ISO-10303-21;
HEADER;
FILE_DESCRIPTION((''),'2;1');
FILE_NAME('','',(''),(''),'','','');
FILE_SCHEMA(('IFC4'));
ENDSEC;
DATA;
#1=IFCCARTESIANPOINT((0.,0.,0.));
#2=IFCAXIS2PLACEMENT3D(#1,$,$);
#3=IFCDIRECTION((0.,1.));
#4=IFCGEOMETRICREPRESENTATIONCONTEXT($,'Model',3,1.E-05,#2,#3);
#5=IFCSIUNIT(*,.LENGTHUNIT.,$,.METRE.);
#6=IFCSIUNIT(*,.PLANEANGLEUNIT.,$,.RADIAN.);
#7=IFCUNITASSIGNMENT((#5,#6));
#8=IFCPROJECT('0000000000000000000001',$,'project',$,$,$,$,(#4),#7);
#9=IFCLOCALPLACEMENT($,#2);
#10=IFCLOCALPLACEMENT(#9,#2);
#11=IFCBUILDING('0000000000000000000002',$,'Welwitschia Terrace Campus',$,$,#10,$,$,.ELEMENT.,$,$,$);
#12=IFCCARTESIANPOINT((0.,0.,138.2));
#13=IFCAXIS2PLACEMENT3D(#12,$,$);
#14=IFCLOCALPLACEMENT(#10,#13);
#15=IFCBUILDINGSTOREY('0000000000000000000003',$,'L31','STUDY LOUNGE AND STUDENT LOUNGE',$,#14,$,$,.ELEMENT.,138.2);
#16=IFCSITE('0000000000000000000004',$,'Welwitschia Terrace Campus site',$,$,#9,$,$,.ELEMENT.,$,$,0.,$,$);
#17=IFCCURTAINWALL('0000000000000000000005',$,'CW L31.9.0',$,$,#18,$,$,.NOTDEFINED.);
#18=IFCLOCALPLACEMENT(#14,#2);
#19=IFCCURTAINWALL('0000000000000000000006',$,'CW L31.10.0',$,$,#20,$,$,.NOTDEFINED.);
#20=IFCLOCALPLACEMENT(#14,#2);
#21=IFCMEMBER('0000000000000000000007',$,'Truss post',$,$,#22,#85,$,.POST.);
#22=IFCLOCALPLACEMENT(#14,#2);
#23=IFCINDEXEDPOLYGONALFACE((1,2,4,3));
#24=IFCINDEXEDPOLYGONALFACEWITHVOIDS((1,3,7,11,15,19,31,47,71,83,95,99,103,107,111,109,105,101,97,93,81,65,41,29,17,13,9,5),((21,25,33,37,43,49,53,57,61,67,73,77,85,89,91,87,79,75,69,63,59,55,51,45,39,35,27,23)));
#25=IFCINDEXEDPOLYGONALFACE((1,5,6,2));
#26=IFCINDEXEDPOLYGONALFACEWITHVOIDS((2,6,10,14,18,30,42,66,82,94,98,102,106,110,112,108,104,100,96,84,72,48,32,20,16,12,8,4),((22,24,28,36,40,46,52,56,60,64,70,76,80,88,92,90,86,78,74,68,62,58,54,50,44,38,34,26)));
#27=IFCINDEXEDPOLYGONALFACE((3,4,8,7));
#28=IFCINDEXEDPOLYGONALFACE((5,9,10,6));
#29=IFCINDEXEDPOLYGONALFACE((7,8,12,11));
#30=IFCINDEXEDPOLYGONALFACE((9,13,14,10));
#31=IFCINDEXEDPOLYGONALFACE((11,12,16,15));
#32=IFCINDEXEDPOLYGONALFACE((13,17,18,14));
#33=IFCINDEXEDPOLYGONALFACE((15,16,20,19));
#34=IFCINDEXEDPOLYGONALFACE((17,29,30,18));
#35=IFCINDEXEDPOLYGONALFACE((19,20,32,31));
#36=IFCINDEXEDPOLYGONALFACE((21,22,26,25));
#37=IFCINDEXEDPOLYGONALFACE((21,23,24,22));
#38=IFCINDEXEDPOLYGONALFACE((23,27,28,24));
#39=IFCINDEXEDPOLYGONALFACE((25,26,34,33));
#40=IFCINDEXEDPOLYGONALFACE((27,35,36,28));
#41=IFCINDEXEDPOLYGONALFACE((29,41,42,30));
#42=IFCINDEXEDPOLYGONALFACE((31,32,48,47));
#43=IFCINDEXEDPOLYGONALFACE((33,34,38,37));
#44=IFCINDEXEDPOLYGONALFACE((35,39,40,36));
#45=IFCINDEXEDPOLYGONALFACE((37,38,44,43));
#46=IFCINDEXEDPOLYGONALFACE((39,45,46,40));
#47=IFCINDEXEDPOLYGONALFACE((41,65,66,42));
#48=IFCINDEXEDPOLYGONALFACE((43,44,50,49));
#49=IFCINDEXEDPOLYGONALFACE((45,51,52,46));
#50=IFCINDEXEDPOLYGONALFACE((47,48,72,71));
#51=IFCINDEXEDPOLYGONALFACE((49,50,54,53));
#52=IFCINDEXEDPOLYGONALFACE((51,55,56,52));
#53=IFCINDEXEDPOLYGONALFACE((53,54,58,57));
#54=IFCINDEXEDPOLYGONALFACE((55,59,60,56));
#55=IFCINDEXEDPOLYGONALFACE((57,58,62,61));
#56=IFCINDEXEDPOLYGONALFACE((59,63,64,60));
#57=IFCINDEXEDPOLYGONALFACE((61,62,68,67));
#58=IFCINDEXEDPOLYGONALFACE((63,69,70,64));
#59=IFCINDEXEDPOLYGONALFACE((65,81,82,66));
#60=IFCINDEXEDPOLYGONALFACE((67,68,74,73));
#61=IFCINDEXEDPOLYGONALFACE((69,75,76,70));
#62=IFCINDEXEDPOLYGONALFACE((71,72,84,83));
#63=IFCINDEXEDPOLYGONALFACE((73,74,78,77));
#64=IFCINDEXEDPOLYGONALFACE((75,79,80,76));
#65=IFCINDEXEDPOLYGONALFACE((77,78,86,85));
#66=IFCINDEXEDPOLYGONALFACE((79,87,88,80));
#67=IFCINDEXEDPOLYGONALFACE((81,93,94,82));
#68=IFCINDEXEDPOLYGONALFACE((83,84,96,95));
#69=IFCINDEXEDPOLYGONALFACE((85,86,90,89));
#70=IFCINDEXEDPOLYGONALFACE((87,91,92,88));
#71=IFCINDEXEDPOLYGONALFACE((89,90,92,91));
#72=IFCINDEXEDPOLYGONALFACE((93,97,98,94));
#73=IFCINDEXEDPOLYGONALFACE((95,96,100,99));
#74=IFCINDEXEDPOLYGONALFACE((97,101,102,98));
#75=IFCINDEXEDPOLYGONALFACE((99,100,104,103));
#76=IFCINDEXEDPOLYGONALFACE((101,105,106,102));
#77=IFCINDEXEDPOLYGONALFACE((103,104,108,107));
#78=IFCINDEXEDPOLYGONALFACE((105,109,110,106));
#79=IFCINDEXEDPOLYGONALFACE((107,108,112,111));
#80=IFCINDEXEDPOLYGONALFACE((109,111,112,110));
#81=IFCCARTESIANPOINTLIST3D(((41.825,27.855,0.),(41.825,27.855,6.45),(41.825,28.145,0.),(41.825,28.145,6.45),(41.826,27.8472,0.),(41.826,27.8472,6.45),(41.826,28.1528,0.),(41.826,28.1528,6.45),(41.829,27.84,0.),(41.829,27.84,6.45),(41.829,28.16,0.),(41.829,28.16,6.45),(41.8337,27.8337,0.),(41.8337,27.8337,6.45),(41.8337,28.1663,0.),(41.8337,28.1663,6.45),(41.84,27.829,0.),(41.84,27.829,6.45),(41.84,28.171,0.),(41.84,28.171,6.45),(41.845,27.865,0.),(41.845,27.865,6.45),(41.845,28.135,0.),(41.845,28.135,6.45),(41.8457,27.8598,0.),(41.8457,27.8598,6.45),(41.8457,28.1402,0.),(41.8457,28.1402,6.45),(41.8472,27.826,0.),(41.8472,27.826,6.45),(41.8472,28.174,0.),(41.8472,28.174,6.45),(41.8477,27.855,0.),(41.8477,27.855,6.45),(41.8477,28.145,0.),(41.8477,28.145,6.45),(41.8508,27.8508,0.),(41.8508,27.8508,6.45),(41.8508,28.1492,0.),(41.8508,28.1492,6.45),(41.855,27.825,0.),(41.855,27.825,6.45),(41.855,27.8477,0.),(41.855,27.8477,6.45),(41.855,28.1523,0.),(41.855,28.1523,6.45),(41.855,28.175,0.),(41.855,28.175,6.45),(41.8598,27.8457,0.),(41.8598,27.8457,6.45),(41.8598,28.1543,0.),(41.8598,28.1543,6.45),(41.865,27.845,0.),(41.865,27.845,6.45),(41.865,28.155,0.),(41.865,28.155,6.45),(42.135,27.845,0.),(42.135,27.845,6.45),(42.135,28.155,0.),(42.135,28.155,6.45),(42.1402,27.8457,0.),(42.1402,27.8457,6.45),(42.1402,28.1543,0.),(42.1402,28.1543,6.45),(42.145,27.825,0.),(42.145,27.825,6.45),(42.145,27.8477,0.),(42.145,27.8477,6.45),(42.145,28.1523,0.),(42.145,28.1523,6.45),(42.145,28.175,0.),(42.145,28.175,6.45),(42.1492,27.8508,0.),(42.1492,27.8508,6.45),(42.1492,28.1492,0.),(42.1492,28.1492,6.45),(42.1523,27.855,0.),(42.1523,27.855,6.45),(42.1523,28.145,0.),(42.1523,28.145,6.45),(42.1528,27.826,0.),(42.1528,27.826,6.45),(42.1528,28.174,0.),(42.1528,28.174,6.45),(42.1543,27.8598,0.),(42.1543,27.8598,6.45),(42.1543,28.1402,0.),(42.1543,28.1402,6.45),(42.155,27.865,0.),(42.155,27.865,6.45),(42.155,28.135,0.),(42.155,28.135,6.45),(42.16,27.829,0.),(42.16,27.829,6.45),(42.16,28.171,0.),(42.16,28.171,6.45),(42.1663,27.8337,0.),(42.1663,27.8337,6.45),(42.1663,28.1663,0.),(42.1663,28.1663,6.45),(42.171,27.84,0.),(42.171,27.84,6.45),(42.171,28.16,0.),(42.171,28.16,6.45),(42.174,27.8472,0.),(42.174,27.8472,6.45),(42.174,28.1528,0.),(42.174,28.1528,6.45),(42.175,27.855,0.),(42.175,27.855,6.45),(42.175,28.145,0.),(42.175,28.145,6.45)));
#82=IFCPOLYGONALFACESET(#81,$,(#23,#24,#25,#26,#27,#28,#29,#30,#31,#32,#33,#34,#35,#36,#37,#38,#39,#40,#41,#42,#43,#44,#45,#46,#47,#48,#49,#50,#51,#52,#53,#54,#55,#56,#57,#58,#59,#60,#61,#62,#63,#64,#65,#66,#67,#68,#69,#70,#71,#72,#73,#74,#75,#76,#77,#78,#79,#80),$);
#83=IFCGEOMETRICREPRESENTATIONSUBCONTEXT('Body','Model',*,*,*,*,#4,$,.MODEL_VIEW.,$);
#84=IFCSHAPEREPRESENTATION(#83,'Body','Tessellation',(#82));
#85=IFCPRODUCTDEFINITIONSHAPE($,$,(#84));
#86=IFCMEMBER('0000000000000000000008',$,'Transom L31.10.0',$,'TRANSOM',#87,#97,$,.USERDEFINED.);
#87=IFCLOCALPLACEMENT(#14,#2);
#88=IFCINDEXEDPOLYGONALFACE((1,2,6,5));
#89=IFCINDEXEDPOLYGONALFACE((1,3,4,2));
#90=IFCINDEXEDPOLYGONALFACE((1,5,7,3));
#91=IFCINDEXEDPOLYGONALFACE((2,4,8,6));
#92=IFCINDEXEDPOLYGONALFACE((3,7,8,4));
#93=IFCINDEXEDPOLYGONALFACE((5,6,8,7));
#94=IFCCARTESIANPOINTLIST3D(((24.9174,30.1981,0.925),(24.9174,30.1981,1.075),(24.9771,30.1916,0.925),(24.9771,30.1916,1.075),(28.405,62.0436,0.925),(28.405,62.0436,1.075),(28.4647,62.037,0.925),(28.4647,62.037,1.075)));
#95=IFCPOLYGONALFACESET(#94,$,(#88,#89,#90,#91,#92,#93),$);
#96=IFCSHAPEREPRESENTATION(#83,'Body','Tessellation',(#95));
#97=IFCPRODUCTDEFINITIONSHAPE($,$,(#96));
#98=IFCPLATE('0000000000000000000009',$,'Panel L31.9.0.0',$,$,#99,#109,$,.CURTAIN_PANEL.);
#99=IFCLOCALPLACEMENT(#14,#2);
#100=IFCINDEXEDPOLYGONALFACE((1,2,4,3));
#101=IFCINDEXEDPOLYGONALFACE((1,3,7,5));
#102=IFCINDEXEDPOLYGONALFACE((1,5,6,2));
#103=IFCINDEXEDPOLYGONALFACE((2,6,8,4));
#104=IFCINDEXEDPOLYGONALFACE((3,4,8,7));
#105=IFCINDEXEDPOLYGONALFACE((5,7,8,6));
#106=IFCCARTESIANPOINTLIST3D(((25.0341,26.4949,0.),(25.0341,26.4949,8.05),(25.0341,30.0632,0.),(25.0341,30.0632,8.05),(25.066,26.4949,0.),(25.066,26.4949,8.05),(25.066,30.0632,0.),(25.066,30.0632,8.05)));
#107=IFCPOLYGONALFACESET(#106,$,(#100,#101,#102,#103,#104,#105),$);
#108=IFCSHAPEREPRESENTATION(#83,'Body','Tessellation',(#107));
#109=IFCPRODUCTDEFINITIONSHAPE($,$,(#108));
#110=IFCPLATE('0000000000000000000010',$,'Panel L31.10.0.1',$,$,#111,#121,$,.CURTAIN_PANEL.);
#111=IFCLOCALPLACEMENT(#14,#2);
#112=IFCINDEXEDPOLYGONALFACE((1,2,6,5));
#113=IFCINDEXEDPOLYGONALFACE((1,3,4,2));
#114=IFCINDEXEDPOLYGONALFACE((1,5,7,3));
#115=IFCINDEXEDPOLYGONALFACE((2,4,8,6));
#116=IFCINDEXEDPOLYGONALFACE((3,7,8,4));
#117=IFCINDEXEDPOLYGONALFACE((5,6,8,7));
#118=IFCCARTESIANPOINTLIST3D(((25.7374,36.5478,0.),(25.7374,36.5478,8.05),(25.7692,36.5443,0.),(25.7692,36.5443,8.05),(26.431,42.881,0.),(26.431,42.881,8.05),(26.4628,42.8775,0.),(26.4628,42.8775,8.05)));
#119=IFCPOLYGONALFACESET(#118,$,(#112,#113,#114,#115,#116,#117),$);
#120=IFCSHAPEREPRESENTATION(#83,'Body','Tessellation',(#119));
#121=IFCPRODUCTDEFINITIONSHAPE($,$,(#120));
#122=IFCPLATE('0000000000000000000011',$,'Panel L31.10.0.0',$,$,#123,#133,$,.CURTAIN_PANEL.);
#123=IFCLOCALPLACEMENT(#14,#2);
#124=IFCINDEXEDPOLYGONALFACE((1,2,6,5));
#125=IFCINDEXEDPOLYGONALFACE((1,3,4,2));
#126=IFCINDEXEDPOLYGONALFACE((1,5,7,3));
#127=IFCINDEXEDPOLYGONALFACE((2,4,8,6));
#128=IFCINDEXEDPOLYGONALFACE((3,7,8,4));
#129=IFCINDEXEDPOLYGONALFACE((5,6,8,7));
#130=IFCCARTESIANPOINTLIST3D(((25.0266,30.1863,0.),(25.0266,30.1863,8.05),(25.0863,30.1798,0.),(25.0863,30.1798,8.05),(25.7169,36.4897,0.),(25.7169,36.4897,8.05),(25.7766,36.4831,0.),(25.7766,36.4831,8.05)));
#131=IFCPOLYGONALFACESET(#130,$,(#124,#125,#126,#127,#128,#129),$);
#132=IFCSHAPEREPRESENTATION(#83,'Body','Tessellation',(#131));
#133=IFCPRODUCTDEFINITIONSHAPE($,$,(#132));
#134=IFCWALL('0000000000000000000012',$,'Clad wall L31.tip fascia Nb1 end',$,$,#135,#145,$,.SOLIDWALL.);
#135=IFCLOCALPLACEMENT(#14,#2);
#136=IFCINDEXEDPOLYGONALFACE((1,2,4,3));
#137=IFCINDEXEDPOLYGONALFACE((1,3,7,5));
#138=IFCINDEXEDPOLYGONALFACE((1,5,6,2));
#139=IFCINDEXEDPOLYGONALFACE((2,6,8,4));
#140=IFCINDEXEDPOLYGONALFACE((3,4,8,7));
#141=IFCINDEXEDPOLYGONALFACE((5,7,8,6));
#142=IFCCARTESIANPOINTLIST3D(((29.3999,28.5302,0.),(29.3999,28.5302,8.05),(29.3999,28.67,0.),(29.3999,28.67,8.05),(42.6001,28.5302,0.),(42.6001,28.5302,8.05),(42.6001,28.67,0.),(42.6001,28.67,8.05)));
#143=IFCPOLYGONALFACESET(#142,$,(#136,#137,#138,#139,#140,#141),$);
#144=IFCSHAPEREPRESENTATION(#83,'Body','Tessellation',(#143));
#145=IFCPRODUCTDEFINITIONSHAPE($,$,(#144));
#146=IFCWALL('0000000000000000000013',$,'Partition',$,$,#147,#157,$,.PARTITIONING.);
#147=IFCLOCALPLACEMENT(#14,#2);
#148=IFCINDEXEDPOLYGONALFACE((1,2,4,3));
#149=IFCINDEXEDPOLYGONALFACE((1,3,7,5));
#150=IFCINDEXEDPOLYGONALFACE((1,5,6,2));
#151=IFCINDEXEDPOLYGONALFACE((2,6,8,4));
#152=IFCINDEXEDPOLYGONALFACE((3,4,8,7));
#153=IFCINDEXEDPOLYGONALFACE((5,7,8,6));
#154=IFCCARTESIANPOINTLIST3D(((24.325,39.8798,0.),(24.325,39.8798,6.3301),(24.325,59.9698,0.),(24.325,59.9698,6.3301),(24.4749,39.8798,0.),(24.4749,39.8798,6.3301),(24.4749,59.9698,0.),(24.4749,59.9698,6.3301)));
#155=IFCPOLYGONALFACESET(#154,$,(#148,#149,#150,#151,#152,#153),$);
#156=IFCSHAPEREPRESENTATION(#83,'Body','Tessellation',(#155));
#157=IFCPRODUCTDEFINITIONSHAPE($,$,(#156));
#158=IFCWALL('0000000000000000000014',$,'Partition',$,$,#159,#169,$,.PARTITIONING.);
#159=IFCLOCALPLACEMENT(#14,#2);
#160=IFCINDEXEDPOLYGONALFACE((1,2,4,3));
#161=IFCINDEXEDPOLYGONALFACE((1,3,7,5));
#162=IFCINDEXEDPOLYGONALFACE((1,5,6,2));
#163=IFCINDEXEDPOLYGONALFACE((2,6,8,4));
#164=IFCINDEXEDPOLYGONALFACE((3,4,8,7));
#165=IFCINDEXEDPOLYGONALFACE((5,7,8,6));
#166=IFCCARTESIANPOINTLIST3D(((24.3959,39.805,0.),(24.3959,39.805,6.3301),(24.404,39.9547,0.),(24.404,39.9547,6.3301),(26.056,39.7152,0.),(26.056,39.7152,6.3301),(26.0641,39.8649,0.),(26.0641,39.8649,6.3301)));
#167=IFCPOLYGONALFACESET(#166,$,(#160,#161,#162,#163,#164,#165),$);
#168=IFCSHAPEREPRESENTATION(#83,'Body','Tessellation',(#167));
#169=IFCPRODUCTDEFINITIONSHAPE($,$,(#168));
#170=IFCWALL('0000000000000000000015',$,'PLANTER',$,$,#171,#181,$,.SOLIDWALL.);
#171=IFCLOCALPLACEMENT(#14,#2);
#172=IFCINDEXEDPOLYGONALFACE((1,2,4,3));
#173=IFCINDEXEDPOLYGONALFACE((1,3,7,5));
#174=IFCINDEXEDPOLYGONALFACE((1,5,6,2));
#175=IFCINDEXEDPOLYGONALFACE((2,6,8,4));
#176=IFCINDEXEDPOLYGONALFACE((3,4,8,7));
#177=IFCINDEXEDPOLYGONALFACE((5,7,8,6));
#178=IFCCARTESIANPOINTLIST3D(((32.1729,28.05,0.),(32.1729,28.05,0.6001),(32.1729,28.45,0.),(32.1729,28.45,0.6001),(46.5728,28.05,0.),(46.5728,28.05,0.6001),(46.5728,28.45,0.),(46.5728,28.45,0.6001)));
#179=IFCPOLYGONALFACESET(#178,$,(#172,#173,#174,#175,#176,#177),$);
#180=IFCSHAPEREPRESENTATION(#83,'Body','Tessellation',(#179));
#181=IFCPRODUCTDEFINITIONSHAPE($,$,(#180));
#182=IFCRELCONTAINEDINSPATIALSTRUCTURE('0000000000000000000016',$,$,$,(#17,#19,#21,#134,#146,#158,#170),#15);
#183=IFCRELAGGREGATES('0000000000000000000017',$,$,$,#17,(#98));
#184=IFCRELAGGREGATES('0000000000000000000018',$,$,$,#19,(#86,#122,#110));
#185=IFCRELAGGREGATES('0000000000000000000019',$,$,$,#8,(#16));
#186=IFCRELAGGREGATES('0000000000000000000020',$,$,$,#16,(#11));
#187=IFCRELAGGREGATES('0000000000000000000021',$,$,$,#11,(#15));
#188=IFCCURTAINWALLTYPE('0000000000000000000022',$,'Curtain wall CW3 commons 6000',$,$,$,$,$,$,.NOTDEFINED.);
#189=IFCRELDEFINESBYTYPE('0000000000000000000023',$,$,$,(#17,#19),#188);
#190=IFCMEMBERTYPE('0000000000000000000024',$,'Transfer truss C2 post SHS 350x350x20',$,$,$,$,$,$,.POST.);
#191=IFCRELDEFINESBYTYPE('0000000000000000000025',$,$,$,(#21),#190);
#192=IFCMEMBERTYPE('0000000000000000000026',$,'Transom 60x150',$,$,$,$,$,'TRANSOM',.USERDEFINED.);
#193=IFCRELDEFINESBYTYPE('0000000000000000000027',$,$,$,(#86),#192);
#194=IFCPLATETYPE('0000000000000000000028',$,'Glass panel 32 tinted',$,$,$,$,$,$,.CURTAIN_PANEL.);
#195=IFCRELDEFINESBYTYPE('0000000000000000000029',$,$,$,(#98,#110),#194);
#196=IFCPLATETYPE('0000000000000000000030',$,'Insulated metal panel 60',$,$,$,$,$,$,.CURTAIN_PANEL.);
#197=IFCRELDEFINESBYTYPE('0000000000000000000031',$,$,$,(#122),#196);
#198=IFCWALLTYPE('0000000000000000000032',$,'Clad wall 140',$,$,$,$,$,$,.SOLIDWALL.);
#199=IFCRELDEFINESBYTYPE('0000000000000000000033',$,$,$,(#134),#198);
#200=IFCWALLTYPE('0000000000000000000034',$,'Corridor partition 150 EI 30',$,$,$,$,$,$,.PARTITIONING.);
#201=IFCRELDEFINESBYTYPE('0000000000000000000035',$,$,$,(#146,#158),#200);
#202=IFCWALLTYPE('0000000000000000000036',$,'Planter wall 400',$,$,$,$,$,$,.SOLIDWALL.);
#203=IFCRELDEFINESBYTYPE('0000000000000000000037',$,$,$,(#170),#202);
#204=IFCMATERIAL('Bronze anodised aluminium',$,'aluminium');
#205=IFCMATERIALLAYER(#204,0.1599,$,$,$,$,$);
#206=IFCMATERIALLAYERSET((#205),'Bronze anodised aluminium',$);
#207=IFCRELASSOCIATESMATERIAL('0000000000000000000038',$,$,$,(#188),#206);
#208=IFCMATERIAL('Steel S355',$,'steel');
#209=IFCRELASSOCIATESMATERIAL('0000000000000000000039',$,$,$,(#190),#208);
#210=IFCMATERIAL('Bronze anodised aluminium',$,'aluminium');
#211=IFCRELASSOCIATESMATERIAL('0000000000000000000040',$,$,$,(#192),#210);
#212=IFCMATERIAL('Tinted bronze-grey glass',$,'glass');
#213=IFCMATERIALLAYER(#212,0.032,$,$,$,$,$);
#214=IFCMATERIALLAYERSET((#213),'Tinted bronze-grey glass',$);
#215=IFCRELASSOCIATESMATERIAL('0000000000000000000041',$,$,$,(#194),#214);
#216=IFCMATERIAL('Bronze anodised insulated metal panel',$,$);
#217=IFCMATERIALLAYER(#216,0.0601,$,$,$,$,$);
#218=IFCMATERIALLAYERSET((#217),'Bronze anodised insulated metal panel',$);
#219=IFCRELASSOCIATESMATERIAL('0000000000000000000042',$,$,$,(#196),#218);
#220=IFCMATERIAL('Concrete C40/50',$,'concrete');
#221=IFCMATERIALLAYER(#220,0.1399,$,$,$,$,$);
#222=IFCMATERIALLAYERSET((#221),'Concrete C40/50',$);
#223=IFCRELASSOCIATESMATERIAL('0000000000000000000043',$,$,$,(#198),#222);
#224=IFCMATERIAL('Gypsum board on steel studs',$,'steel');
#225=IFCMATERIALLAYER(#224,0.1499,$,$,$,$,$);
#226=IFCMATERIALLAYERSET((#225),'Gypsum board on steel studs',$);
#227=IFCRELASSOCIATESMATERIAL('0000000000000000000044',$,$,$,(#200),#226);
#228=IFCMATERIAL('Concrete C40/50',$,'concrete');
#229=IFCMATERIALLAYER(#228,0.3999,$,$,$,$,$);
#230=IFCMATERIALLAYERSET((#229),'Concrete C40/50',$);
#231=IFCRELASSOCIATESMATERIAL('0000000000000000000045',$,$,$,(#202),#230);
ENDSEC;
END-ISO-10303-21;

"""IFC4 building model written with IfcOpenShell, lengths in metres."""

from ifc_helpers import new_model, si_unit, direction, frame, frame_2d, origin, origin_2d, place, context, subcontext, project, spatial, rectangle, hollow_rectangle, extrude, material, layer, layer_set, material_profile, profile_set, type_object, element, aggregate, save


model = new_model("IFC4")

# Units and contexts
model_context = context("Model", 3, precision=1e-05, world=origin(), true_north=direction((0.0, 1.0)))
body_context = subcontext(model_context, "Body", "Model", "MODEL_VIEW")
ifc_project = project(units=[si_unit("LENGTHUNIT", "METRE"), si_unit("PLANEANGLEUNIT", "RADIAN")], contexts=[model_context])

# Site, building, storey
site_placement = place(None, origin())
site = spatial("IfcSite", under=ifc_project, at=site_placement, Name="Welwitschia Terrace Campus site", CompositionType="ELEMENT", RefElevation=0.0)
building_placement = place(site_placement, origin())
building = spatial("IfcBuilding", under=site, at=building_placement, Name="Welwitschia Terrace Campus", CompositionType="ELEMENT")
storey_placement = place(building_placement, frame((0.0, 0.0, 138.2)))
storey = spatial("IfcBuildingStorey", under=building, at=storey_placement, Name="L31", Description="STUDY LOUNGE AND STUDENT LOUNGE", CompositionType="ELEMENT", Elevation=138.2)

# Curtain wall
ifc_material_1 = material(Name="Bronze anodised aluminium", Category="aluminium")
ifc_layer_1 = layer(ifc_material_1, 0.1599)
ifc_layer_set_1 = layer_set([ifc_layer_1], Name="Bronze anodised aluminium")
curtain_wall_type = type_object("IfcCurtainWallType", Name="Curtain wall CW3 commons 6000", PredefinedType="NOTDEFINED", material=ifc_layer_set_1)
curtain_wall_1_placement = place(storey_placement, origin())
curtain_wall_1 = element("IfcCurtainWall", 1, at=curtain_wall_1_placement, inside=storey, type_object=curtain_wall_type, Name="CW L31.9.0", PredefinedType="NOTDEFINED")

# Curtain wall
curtain_wall_2_placement = place(storey_placement, origin())
curtain_wall_2 = element("IfcCurtainWall", 2, at=curtain_wall_2_placement, inside=storey, type_object=curtain_wall_type, Name="CW L31.10.0", PredefinedType="NOTDEFINED")

# Member
ifc_material_2 = material(Name="Steel S355", Category="steel")
ifc_material_profile_1 = material_profile(ifc_material_2, hollow_rectangle(XDim=0.3501, YDim=0.3501, WallThickness=0.02, InnerFilletRadius=0.02, OuterFilletRadius=0.03, at=origin_2d()))
ifc_profile_set_1 = profile_set([ifc_material_profile_1], Name="Steel S355")
member_type_1 = type_object("IfcMemberType", Name="Transfer truss C2 post SHS 350x350x20", PredefinedType="POST", material=ifc_profile_set_1)
for number, where, z_axis, x_axis, name in (
    (3, (42.0, 28.0, 0.0), (0.0, 0.0, 1.0), (1.0, 0.0, 0.0), "Truss post"),
):
    element("IfcMember", number, at=place(storey_placement, frame(where, z_axis=z_axis, x_axis=x_axis)), inside=storey, type_object=member_type_1, Name=name, PredefinedType="POST", context=body_context, shape_type="SweptSolid", body=[
        extrude(hollow_rectangle(XDim=0.3501, YDim=0.3501, WallThickness=0.02, InnerFilletRadius=0.02, OuterFilletRadius=0.03, at=origin_2d()), origin(), (0.0, 0.0, 1.0), 6.45),
    ])

# Member
ifc_material_3 = material(Name="Bronze anodised aluminium", Category="aluminium")
ifc_material_profile_2 = material_profile(ifc_material_3, rectangle(XDim=0.0601, YDim=0.1499, at=origin_2d()))
ifc_profile_set_2 = profile_set([ifc_material_profile_2], Name="Bronze anodised aluminium")
member_type_2 = type_object("IfcMemberType", Name="Transom 60x150", ElementType="TRANSOM", PredefinedType="USERDEFINED", material=ifc_profile_set_2)
member_1_placement = place(storey_placement, frame((24.9473, 30.1948, 1.0), z_axis=(0.108864, 0.994057, 0.0), x_axis=(-0.994057, 0.108864, 0.0)))
member_1 = element("IfcMember", 4, at=member_1_placement, type_object=member_type_2, Name="Transom L31.10.0", ObjectType="TRANSOM", PredefinedType="USERDEFINED", context=body_context, shape_type="SweptSolid", body=[
    extrude(rectangle(XDim=0.0601, YDim=0.1499, at=origin_2d()), origin(), (0.0, 0.0, 1.0), 32.0359),
])

# Plates
ifc_material_4 = material(Name="Tinted bronze-grey glass", Category="glass")
ifc_layer_2 = layer(ifc_material_4, 0.032)
ifc_layer_set_2 = layer_set([ifc_layer_2], Name="Tinted bronze-grey glass")
plate_type_1 = type_object("IfcPlateType", Name="Glass panel 32 tinted", PredefinedType="CURTAIN_PANEL", material=ifc_layer_set_2)
plate_1_placement = place(storey_placement, frame((25.05, 28.2791, 0.0), z_axis=(0.0, 0.0, 1.0), x_axis=(0.0, 1.0, 0.0)))
plate_1 = element("IfcPlate", 5, at=plate_1_placement, type_object=plate_type_1, Name="Panel L31.9.0.0", PredefinedType="CURTAIN_PANEL", context=body_context, shape_type="SweptSolid", body=[
    extrude(rectangle(XDim=3.5684, YDim=0.032, at=origin_2d()), origin(), (0.0, 0.0, 1.0), 8.05),
])
aggregate(curtain_wall_1, [plate_1])
plate_2_placement = place(storey_placement, frame((26.1001, 39.7126, 0.0), z_axis=(0.0, 0.0, 1.0), x_axis=(0.108867, 0.994056, 0.0)))
plate_2 = element("IfcPlate", 6, at=plate_2_placement, type_object=plate_type_1, Name="Panel L31.10.0.1", PredefinedType="CURTAIN_PANEL", context=body_context, shape_type="SweptSolid", body=[
    extrude(rectangle(XDim=6.3711, YDim=0.032, at=origin_2d()), origin(), (0.0, 0.0, 1.0), 8.05),
])
ifc_material_5 = material(Name="Bronze anodised insulated metal panel")
ifc_layer_3 = layer(ifc_material_5, 0.0601)
ifc_layer_set_3 = layer_set([ifc_layer_3], Name="Bronze anodised insulated metal panel")
plate_type_2 = type_object("IfcPlateType", Name="Insulated metal panel 60", PredefinedType="CURTAIN_PANEL", material=ifc_layer_set_3)
plate_3_placement = place(storey_placement, frame((25.4016, 33.3347, 0.0), z_axis=(0.0, 0.0, 1.0), x_axis=(0.108867, 0.994056, 0.0)))
plate_3 = element("IfcPlate", 7, at=plate_3_placement, type_object=plate_type_2, Name="Panel L31.10.0.0", PredefinedType="CURTAIN_PANEL", context=body_context, shape_type="SweptSolid", body=[
    extrude(rectangle(XDim=6.3411, YDim=0.0601, at=origin_2d()), origin(), (0.0, 0.0, 1.0), 8.05),
])
aggregate(curtain_wall_2, [member_1, plate_3, plate_2])

# Walls
ifc_material_6 = material(Name="Concrete C40/50", Category="concrete")
ifc_layer_4 = layer(ifc_material_6, 0.1399)
ifc_layer_set_4 = layer_set([ifc_layer_4], Name="Concrete C40/50")
wall_type_1 = type_object("IfcWallType", Name="Clad wall 140", PredefinedType="SOLIDWALL", material=ifc_layer_set_4)
wall_1_placement = place(storey_placement, frame((29.3999, 28.6001, 0.0), z_axis=(0.0, 0.0, 1.0), x_axis=(1.0, 0.0, 0.0)))
element("IfcWall", 8, at=wall_1_placement, inside=storey, type_object=wall_type_1, Name="Clad wall L31.tip fascia Nb1 end", PredefinedType="SOLIDWALL", context=body_context, shape_type="SweptSolid", body=[
    extrude(rectangle(XDim=13.2002, YDim=0.1399, at=frame_2d((6.6001, 0.0))), origin(), (0.0, 0.0, 1.0), 8.05),
])
ifc_material_7 = material(Name="Gypsum board on steel studs", Category="steel")
ifc_layer_5 = layer(ifc_material_7, 0.1499)
ifc_layer_set_5 = layer_set([ifc_layer_5], Name="Gypsum board on steel studs")
wall_type_2 = type_object("IfcWallType", Name="Corridor partition 150 EI 30", PredefinedType="PARTITIONING", material=ifc_layer_set_5)
wall_2_placement = place(storey_placement, frame((24.3999, 39.8799, 0.0), z_axis=(0.0, 0.0, 1.0), x_axis=(0.0, 1.0, 0.0)))
element("IfcWall", 9, at=wall_2_placement, inside=storey, type_object=wall_type_2, Name="Partition", PredefinedType="PARTITIONING", context=body_context, shape_type="SweptSolid", body=[
    extrude(rectangle(XDim=20.0901, YDim=0.1499, at=frame_2d((10.0449, 0.0))), origin(), (0.0, 0.0, 1.0), 6.3301),
])
wall_3_placement = place(storey_placement, frame((24.3999, 39.8799, 0.0), z_axis=(0.0, 0.0, 1.0), x_axis=(0.998539, -0.054039, 0.0)))
element("IfcWall", 10, at=wall_3_placement, inside=storey, type_object=wall_type_2, Name="Partition", PredefinedType="PARTITIONING", context=body_context, shape_type="SweptSolid", body=[
    extrude(rectangle(XDim=1.6626, YDim=0.1499, at=frame_2d((0.8313, 0.0))), origin(), (0.0, 0.0, 1.0), 6.3301),
])
ifc_material_8 = material(Name="Concrete C40/50", Category="concrete")
ifc_layer_6 = layer(ifc_material_8, 0.3999)
ifc_layer_set_6 = layer_set([ifc_layer_6], Name="Concrete C40/50")
wall_type_3 = type_object("IfcWallType", Name="Planter wall 400", PredefinedType="SOLIDWALL", material=ifc_layer_set_6)
wall_4_placement = place(storey_placement, frame((32.1729, 28.25, 0.0), z_axis=(0.0, 0.0, 1.0), x_axis=(1.0, 0.0, 0.0)))
element("IfcWall", 11, at=wall_4_placement, inside=storey, type_object=wall_type_3, Name="PLANTER", PredefinedType="SOLIDWALL", context=body_context, shape_type="SweptSolid", body=[
    extrude(rectangle(XDim=14.3999, YDim=0.3999, at=frame_2d((7.2, 0.0))), origin(), (0.0, 0.0, 1.0), 0.6001),
])

save(model, "model.ifc")
